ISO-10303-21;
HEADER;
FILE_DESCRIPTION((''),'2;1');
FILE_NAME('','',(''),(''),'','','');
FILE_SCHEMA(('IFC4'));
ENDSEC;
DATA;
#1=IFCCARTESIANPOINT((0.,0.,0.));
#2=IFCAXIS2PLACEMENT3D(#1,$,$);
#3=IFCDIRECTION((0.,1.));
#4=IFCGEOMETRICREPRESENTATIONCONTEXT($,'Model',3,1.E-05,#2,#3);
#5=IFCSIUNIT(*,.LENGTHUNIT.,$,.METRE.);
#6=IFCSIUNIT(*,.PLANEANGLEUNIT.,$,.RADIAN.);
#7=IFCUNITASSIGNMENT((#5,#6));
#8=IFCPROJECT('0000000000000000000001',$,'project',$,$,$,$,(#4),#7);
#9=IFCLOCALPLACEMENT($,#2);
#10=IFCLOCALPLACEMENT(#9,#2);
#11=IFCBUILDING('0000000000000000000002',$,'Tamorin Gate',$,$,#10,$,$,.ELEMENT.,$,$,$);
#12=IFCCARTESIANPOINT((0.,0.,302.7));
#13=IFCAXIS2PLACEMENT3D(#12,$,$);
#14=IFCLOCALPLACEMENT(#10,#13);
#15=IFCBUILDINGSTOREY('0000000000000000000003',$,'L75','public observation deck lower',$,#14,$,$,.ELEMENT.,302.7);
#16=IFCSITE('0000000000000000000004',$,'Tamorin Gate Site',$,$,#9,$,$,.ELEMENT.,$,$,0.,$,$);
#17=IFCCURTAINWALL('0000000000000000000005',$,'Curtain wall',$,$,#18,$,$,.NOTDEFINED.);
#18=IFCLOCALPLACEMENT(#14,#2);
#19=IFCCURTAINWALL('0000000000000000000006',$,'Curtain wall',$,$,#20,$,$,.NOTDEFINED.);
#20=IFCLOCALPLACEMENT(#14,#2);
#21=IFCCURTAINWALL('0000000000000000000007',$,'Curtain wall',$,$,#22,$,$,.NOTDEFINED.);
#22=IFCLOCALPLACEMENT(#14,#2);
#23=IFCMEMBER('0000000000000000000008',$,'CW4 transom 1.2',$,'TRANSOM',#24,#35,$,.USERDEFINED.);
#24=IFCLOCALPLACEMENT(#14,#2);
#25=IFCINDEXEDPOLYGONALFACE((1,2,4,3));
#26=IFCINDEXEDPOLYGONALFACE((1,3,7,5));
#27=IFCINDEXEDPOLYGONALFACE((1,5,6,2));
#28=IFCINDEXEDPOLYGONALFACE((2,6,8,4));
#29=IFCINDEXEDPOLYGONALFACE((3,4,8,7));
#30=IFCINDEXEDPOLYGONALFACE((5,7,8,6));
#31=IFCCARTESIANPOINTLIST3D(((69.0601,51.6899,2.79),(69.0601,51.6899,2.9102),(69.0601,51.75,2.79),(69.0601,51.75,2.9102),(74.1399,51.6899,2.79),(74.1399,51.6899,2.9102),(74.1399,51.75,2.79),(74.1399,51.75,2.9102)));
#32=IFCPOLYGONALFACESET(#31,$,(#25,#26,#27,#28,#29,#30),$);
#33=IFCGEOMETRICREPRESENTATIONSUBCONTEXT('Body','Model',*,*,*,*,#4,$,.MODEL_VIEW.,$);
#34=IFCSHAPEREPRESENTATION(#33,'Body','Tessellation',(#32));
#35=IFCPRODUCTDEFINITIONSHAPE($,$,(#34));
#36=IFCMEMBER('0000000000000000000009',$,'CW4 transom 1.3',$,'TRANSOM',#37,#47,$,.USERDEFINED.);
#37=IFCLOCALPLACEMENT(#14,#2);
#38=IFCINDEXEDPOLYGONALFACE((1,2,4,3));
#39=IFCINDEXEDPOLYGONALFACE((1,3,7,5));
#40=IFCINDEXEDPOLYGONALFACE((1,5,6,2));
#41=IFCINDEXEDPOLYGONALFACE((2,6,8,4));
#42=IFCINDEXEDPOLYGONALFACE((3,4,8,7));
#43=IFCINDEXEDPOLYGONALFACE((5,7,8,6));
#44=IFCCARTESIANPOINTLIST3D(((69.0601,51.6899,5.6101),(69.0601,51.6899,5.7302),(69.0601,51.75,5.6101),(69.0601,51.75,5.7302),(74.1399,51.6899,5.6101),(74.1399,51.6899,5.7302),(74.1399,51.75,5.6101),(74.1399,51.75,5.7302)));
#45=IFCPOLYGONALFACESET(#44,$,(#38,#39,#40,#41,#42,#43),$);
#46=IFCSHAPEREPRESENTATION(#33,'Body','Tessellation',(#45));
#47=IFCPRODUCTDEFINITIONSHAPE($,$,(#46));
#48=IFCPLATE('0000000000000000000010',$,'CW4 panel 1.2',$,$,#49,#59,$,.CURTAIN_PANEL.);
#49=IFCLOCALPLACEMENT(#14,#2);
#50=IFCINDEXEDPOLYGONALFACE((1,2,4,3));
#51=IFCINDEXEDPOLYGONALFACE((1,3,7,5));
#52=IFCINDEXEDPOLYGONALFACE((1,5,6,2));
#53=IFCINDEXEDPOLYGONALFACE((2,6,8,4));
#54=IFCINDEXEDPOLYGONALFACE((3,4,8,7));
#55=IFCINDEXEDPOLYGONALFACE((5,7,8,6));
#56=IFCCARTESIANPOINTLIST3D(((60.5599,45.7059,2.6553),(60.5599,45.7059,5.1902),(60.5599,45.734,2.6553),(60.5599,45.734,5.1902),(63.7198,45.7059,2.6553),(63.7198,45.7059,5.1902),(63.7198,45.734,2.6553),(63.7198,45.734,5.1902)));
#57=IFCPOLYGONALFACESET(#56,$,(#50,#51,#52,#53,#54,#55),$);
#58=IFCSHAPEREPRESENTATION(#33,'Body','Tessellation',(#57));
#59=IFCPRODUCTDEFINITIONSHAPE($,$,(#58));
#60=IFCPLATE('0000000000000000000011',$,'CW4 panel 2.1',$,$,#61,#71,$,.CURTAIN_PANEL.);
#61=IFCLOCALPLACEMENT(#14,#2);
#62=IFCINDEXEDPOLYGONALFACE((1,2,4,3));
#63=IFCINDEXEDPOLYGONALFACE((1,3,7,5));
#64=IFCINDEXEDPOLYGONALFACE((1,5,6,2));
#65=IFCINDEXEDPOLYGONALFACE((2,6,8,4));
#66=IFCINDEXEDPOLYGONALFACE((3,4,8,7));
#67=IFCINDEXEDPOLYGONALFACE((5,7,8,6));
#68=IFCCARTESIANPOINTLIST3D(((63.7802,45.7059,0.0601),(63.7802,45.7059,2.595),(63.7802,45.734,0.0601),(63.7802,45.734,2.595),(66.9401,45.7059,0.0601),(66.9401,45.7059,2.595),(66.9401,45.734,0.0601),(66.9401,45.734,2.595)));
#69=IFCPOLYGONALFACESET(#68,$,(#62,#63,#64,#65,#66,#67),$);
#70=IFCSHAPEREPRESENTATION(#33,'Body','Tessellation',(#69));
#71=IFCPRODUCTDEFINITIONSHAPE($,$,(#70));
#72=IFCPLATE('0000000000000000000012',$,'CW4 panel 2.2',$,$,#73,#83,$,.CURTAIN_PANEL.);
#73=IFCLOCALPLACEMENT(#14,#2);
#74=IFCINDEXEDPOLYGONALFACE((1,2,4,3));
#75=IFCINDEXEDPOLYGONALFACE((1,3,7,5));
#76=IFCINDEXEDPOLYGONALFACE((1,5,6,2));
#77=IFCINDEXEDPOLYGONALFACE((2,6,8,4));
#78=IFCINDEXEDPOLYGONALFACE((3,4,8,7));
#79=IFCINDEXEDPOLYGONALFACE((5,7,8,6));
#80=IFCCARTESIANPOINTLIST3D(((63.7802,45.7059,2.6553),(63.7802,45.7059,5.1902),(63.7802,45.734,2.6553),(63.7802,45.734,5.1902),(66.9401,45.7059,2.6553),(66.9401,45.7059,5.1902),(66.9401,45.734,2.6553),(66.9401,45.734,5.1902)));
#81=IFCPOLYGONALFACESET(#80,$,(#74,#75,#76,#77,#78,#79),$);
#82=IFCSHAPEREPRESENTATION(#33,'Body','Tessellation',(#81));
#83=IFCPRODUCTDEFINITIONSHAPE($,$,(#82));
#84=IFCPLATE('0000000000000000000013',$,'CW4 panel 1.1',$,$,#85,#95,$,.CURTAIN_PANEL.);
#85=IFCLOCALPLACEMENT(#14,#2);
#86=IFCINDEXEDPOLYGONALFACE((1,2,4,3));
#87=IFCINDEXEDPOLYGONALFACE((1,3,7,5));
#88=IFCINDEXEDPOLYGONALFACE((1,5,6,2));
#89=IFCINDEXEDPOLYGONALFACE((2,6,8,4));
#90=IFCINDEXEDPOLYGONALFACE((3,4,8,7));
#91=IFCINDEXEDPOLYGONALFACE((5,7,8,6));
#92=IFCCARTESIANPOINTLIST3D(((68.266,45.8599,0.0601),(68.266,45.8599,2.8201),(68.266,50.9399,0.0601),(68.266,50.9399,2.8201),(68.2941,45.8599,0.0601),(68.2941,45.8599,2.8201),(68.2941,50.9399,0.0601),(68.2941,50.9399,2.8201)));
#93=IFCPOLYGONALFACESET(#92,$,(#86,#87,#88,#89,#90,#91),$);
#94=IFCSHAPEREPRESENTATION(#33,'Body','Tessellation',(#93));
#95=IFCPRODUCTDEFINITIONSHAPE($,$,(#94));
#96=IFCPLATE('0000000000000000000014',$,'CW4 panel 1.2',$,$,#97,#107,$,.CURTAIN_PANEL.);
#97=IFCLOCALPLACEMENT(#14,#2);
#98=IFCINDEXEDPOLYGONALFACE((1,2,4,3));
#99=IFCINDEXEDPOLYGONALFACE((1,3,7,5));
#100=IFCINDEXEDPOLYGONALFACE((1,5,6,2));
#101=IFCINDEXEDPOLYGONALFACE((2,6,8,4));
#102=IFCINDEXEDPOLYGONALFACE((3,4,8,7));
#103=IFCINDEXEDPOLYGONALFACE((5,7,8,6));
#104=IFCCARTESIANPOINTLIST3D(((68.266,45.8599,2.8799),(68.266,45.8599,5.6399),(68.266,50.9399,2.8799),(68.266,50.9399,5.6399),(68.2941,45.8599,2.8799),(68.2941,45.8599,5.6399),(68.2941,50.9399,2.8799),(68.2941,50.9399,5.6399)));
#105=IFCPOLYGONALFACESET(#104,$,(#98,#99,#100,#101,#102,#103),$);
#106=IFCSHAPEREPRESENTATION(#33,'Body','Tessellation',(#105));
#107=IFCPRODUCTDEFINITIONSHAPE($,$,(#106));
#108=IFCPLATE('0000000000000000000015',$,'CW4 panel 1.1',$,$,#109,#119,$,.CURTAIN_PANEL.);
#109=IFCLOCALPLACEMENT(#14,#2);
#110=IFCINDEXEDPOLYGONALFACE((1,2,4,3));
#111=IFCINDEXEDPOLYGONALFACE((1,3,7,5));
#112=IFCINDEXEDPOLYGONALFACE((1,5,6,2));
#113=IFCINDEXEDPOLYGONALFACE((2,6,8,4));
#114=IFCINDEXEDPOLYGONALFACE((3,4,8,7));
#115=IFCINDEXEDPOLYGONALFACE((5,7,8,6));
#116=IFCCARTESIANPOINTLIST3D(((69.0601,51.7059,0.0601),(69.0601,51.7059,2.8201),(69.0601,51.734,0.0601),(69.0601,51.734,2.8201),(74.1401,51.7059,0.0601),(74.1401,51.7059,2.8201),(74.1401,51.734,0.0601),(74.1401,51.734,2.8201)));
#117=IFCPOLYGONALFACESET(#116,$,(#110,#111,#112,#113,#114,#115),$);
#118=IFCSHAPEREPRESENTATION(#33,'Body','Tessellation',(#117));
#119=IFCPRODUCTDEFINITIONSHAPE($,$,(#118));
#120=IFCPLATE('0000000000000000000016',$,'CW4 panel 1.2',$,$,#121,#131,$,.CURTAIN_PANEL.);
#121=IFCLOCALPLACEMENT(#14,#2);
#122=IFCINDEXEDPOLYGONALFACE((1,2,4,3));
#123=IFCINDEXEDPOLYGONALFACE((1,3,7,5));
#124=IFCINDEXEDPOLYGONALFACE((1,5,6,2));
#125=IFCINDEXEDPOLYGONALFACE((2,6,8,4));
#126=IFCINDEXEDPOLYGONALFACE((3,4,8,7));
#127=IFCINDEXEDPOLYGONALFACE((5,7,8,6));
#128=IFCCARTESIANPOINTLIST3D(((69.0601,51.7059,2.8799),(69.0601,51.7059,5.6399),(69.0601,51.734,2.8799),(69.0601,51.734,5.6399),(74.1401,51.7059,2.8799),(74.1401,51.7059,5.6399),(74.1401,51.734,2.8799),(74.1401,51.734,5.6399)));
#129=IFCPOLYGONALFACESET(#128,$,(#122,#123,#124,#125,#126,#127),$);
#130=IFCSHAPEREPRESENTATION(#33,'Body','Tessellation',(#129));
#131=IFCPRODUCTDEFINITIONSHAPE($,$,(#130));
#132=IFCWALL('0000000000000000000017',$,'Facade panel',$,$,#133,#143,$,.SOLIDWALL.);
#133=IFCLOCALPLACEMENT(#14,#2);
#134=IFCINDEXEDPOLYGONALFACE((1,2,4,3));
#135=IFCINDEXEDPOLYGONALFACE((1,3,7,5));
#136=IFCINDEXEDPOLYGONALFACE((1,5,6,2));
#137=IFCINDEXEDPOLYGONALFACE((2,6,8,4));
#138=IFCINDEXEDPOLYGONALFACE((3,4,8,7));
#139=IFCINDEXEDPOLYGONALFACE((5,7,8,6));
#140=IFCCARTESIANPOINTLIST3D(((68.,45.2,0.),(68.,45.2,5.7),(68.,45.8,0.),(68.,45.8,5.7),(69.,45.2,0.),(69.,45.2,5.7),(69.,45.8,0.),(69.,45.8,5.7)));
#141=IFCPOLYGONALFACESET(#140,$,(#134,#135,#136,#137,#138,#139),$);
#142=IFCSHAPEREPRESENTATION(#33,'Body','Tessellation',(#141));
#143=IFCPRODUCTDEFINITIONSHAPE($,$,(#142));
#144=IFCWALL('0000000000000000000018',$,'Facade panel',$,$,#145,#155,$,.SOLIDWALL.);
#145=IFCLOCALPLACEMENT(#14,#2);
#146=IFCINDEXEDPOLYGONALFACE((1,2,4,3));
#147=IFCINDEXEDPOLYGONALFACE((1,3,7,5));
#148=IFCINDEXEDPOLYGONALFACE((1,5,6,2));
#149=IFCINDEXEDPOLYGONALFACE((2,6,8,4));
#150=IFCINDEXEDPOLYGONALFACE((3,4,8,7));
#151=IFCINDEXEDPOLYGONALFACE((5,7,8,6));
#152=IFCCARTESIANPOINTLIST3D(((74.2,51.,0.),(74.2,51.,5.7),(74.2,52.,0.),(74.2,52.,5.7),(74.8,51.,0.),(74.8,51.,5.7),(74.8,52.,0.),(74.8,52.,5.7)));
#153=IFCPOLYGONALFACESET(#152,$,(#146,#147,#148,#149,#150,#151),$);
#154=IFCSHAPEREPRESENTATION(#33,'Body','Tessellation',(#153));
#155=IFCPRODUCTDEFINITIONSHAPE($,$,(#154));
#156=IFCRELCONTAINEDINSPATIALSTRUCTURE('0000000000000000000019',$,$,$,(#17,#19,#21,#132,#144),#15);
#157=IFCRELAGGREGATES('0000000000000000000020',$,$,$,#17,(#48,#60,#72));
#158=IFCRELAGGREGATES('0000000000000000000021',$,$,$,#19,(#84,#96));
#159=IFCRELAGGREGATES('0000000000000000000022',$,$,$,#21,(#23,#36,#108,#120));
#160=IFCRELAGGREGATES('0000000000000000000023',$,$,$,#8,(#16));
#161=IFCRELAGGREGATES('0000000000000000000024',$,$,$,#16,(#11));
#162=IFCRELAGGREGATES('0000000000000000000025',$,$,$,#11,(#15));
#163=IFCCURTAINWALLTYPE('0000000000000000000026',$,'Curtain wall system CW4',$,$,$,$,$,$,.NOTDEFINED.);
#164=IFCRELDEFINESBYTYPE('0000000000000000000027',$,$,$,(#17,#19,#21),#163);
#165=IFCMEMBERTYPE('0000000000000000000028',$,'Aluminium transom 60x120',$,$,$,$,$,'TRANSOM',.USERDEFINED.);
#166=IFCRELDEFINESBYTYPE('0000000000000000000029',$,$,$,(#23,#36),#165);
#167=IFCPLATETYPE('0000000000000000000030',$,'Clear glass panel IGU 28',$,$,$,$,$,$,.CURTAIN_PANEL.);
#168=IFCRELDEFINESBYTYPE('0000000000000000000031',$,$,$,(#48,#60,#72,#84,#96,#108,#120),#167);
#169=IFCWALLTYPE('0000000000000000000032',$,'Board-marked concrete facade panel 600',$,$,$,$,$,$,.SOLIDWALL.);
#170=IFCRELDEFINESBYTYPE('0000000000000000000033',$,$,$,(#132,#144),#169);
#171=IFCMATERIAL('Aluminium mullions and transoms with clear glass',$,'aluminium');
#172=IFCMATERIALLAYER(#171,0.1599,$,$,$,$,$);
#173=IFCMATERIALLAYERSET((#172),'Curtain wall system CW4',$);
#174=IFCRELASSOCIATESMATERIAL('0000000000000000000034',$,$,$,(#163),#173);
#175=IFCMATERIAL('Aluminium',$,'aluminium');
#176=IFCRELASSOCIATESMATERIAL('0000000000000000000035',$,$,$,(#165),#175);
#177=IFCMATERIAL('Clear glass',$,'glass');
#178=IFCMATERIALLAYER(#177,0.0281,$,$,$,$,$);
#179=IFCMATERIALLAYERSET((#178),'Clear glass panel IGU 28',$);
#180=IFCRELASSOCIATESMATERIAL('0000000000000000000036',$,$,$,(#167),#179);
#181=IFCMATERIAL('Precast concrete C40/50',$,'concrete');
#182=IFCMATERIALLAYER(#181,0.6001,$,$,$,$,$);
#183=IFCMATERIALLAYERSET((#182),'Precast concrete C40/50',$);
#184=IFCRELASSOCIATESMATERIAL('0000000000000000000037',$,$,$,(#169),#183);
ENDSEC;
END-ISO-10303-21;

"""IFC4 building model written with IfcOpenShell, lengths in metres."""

from ifc_helpers import new_model, si_unit, direction, frame, frame_2d, origin, origin_2d, place, context, subcontext, project, spatial, rectangle, extrude, material, layer, layer_set, material_profile, profile_set, type_object, element, aggregate, save


model = new_model("IFC4")

# Units and contexts
model_context = context("Model", 3, precision=1e-05, world=origin(), true_north=direction((0.0, 1.0)))
body_context = subcontext(model_context, "Body", "Model", "MODEL_VIEW")
ifc_project = project(units=[si_unit("LENGTHUNIT", "METRE"), si_unit("PLANEANGLEUNIT", "RADIAN")], contexts=[model_context])

# Site, building, storey
site_placement = place(None, origin())
site = spatial("IfcSite", under=ifc_project, at=site_placement, Name="Tamorin Gate Site", CompositionType="ELEMENT", RefElevation=0.0)
building_placement = place(site_placement, origin())
building = spatial("IfcBuilding", under=site, at=building_placement, Name="Tamorin Gate", CompositionType="ELEMENT")
storey_placement = place(building_placement, frame((0.0, 0.0, 302.7)))
storey = spatial("IfcBuildingStorey", under=building, at=storey_placement, Name="L75", Description="public observation deck lower", CompositionType="ELEMENT", Elevation=302.7)

# Curtain walls
ifc_material_1 = material(Name="Aluminium mullions and transoms with clear glass", Category="aluminium")
ifc_layer_1 = layer(ifc_material_1, 0.1599)
ifc_layer_set_1 = layer_set([ifc_layer_1], Name="Curtain wall system CW4")
curtain_wall_type = type_object("IfcCurtainWallType", Name="Curtain wall system CW4", PredefinedType="NOTDEFINED", material=ifc_layer_set_1)
curtain_wall_1_placement = place(storey_placement, origin())
curtain_wall_1 = element("IfcCurtainWall", 1, at=curtain_wall_1_placement, inside=storey, type_object=curtain_wall_type, Name="Curtain wall", PredefinedType="NOTDEFINED")
ifc_material_2 = material(Name="Aluminium", Category="aluminium")
curtain_wall_2_placement = place(storey_placement, origin())
curtain_wall_2 = element("IfcCurtainWall", 2, at=curtain_wall_2_placement, inside=storey, type_object=curtain_wall_type, Name="Curtain wall", PredefinedType="NOTDEFINED")
curtain_wall_3_placement = place(storey_placement, origin())
curtain_wall_3 = element("IfcCurtainWall", 3, at=curtain_wall_3_placement, inside=storey, type_object=curtain_wall_type, Name="Curtain wall", PredefinedType="NOTDEFINED")

# Members
ifc_material_profile_1 = material_profile(ifc_material_2, rectangle(XDim=0.0601, YDim=0.1201, at=origin_2d()), Name="RECT 60x120")
ifc_profile_set_1 = profile_set([ifc_material_profile_1], Name="Aluminium")
member_type_1 = type_object("IfcMemberType", Name="Aluminium transom 60x120", ElementType="TRANSOM", PredefinedType="USERDEFINED", material=ifc_profile_set_1)
member_1_placement = place(storey_placement, frame((69.0601, 51.72, 2.8501), z_axis=(1.0, 0.0, 0.0), x_axis=(0.0, 1.0, 0.0)))
member_1 = element("IfcMember", 4, at=member_1_placement, type_object=member_type_1, Name="CW4 transom 1.2", ObjectType="TRANSOM", PredefinedType="USERDEFINED", context=body_context, shape_type="SweptSolid", body=[
    extrude(rectangle(XDim=0.0601, YDim=0.1201, at=origin_2d()), origin(), (0.0, 0.0, 1.0), 5.0798),
])
member_2_placement = place(storey_placement, frame((69.0601, 51.72, 5.6702), z_axis=(1.0, 0.0, 0.0), x_axis=(0.0, 1.0, 0.0)))
member_2 = element("IfcMember", 5, at=member_2_placement, type_object=member_type_1, Name="CW4 transom 1.3", ObjectType="TRANSOM", PredefinedType="USERDEFINED", context=body_context, shape_type="SweptSolid", body=[
    extrude(rectangle(XDim=0.0601, YDim=0.1201, at=origin_2d()), origin(), (0.0, 0.0, 1.0), 5.0798),
])

# Plates
ifc_material_3 = material(Name="Clear glass", Category="glass")
ifc_layer_2 = layer(ifc_material_3, 0.0281)
ifc_layer_set_2 = layer_set([ifc_layer_2], Name="Clear glass panel IGU 28")
plate_type = type_object("IfcPlateType", Name="Clear glass panel IGU 28", PredefinedType="CURTAIN_PANEL", material=ifc_layer_set_2)
plate_1_placement = place(storey_placement, frame((62.1399, 45.72, 2.6553), z_axis=(0.0, 0.0, 1.0), x_axis=(1.0, 0.0, 0.0)))
plate_1 = element("IfcPlate", 6, at=plate_1_placement, type_object=plate_type, Name="CW4 panel 1.2", PredefinedType="CURTAIN_PANEL", context=body_context, shape_type="SweptSolid", body=[
    extrude(rectangle(XDim=3.1599, YDim=0.0281, at=origin_2d()), origin(), (0.0, 0.0, 1.0), 2.5349),
])
plate_2_placement = place(storey_placement, frame((65.3601, 45.72, 0.0601), z_axis=(0.0, 0.0, 1.0), x_axis=(1.0, 0.0, 0.0)))
plate_2 = element("IfcPlate", 7, at=plate_2_placement, type_object=plate_type, Name="CW4 panel 2.1", PredefinedType="CURTAIN_PANEL", context=body_context, shape_type="SweptSolid", body=[
    extrude(rectangle(XDim=3.1599, YDim=0.0281, at=origin_2d()), origin(), (0.0, 0.0, 1.0), 2.5349),
])
plate_3_placement = place(storey_placement, frame((65.3601, 45.72, 2.6553), z_axis=(0.0, 0.0, 1.0), x_axis=(1.0, 0.0, 0.0)))
plate_3 = element("IfcPlate", 8, at=plate_3_placement, type_object=plate_type, Name="CW4 panel 2.2", PredefinedType="CURTAIN_PANEL", context=body_context, shape_type="SweptSolid", body=[
    extrude(rectangle(XDim=3.1599, YDim=0.0281, at=origin_2d()), origin(), (0.0, 0.0, 1.0), 2.5349),
])
aggregate(curtain_wall_1, [plate_1, plate_2, plate_3])
plate_4_placement = place(storey_placement, frame((68.28, 48.3999, 0.0601), z_axis=(0.0, 0.0, 1.0), x_axis=(0.0, 1.0, 0.0)))
plate_4 = element("IfcPlate", 9, at=plate_4_placement, type_object=plate_type, Name="CW4 panel 1.1", PredefinedType="CURTAIN_PANEL", context=body_context, shape_type="SweptSolid", body=[
    extrude(rectangle(XDim=5.0801, YDim=0.0281, at=origin_2d()), origin(), (0.0, 0.0, 1.0), 2.76),
])
plate_5_placement = place(storey_placement, frame((68.28, 48.3999, 2.8799), z_axis=(0.0, 0.0, 1.0), x_axis=(0.0, 1.0, 0.0)))
plate_5 = element("IfcPlate", 10, at=plate_5_placement, type_object=plate_type, Name="CW4 panel 1.2", PredefinedType="CURTAIN_PANEL", context=body_context, shape_type="SweptSolid", body=[
    extrude(rectangle(XDim=5.0801, YDim=0.0281, at=origin_2d()), origin(), (0.0, 0.0, 1.0), 2.76),
])
aggregate(curtain_wall_2, [plate_4, plate_5])
plate_6_placement = place(storey_placement, frame((71.6001, 51.72, 0.0601), z_axis=(0.0, 0.0, 1.0), x_axis=(1.0, 0.0, 0.0)))
plate_6 = element("IfcPlate", 11, at=plate_6_placement, type_object=plate_type, Name="CW4 panel 1.1", PredefinedType="CURTAIN_PANEL", context=body_context, shape_type="SweptSolid", body=[
    extrude(rectangle(XDim=5.0801, YDim=0.0281, at=origin_2d()), origin(), (0.0, 0.0, 1.0), 2.76),
])
plate_7_placement = place(storey_placement, frame((71.6001, 51.72, 2.8799), z_axis=(0.0, 0.0, 1.0), x_axis=(1.0, 0.0, 0.0)))
plate_7 = element("IfcPlate", 12, at=plate_7_placement, type_object=plate_type, Name="CW4 panel 1.2", PredefinedType="CURTAIN_PANEL", context=body_context, shape_type="SweptSolid", body=[
    extrude(rectangle(XDim=5.0801, YDim=0.0281, at=origin_2d()), origin(), (0.0, 0.0, 1.0), 2.76),
])
aggregate(curtain_wall_3, [member_1, member_2, plate_6, plate_7])

# Walls
ifc_material_4 = material(Name="Precast concrete C40/50", Category="concrete")
ifc_layer_3 = layer(ifc_material_4, 0.6001)
ifc_layer_set_3 = layer_set([ifc_layer_3], Name="Precast concrete C40/50")
wall_type = type_object("IfcWallType", Name="Board-marked concrete facade panel 600", PredefinedType="SOLIDWALL", material=ifc_layer_set_3)
for number, where, z_axis, x_axis, name in (
    (13, (68.0, 45.5, 0.0), (0.0, 0.0, 1.0), (1.0, 0.0, 0.0), "Facade panel"),
    (14, (74.5, 51.0, 0.0), (0.0, 0.0, 1.0), (0.0, 1.0, 0.0), "Facade panel"),
):
    element("IfcWall", number, at=place(storey_placement, frame(where, z_axis=z_axis, x_axis=x_axis)), inside=storey, type_object=wall_type, Name=name, PredefinedType="SOLIDWALL", context=body_context, shape_type="SweptSolid", body=[
        extrude(rectangle(XDim=1.0, YDim=0.6001, at=frame_2d((0.5, 0.0))), origin(), (0.0, 0.0, 1.0), 5.7),
    ])

save(model, "model.ifc")
